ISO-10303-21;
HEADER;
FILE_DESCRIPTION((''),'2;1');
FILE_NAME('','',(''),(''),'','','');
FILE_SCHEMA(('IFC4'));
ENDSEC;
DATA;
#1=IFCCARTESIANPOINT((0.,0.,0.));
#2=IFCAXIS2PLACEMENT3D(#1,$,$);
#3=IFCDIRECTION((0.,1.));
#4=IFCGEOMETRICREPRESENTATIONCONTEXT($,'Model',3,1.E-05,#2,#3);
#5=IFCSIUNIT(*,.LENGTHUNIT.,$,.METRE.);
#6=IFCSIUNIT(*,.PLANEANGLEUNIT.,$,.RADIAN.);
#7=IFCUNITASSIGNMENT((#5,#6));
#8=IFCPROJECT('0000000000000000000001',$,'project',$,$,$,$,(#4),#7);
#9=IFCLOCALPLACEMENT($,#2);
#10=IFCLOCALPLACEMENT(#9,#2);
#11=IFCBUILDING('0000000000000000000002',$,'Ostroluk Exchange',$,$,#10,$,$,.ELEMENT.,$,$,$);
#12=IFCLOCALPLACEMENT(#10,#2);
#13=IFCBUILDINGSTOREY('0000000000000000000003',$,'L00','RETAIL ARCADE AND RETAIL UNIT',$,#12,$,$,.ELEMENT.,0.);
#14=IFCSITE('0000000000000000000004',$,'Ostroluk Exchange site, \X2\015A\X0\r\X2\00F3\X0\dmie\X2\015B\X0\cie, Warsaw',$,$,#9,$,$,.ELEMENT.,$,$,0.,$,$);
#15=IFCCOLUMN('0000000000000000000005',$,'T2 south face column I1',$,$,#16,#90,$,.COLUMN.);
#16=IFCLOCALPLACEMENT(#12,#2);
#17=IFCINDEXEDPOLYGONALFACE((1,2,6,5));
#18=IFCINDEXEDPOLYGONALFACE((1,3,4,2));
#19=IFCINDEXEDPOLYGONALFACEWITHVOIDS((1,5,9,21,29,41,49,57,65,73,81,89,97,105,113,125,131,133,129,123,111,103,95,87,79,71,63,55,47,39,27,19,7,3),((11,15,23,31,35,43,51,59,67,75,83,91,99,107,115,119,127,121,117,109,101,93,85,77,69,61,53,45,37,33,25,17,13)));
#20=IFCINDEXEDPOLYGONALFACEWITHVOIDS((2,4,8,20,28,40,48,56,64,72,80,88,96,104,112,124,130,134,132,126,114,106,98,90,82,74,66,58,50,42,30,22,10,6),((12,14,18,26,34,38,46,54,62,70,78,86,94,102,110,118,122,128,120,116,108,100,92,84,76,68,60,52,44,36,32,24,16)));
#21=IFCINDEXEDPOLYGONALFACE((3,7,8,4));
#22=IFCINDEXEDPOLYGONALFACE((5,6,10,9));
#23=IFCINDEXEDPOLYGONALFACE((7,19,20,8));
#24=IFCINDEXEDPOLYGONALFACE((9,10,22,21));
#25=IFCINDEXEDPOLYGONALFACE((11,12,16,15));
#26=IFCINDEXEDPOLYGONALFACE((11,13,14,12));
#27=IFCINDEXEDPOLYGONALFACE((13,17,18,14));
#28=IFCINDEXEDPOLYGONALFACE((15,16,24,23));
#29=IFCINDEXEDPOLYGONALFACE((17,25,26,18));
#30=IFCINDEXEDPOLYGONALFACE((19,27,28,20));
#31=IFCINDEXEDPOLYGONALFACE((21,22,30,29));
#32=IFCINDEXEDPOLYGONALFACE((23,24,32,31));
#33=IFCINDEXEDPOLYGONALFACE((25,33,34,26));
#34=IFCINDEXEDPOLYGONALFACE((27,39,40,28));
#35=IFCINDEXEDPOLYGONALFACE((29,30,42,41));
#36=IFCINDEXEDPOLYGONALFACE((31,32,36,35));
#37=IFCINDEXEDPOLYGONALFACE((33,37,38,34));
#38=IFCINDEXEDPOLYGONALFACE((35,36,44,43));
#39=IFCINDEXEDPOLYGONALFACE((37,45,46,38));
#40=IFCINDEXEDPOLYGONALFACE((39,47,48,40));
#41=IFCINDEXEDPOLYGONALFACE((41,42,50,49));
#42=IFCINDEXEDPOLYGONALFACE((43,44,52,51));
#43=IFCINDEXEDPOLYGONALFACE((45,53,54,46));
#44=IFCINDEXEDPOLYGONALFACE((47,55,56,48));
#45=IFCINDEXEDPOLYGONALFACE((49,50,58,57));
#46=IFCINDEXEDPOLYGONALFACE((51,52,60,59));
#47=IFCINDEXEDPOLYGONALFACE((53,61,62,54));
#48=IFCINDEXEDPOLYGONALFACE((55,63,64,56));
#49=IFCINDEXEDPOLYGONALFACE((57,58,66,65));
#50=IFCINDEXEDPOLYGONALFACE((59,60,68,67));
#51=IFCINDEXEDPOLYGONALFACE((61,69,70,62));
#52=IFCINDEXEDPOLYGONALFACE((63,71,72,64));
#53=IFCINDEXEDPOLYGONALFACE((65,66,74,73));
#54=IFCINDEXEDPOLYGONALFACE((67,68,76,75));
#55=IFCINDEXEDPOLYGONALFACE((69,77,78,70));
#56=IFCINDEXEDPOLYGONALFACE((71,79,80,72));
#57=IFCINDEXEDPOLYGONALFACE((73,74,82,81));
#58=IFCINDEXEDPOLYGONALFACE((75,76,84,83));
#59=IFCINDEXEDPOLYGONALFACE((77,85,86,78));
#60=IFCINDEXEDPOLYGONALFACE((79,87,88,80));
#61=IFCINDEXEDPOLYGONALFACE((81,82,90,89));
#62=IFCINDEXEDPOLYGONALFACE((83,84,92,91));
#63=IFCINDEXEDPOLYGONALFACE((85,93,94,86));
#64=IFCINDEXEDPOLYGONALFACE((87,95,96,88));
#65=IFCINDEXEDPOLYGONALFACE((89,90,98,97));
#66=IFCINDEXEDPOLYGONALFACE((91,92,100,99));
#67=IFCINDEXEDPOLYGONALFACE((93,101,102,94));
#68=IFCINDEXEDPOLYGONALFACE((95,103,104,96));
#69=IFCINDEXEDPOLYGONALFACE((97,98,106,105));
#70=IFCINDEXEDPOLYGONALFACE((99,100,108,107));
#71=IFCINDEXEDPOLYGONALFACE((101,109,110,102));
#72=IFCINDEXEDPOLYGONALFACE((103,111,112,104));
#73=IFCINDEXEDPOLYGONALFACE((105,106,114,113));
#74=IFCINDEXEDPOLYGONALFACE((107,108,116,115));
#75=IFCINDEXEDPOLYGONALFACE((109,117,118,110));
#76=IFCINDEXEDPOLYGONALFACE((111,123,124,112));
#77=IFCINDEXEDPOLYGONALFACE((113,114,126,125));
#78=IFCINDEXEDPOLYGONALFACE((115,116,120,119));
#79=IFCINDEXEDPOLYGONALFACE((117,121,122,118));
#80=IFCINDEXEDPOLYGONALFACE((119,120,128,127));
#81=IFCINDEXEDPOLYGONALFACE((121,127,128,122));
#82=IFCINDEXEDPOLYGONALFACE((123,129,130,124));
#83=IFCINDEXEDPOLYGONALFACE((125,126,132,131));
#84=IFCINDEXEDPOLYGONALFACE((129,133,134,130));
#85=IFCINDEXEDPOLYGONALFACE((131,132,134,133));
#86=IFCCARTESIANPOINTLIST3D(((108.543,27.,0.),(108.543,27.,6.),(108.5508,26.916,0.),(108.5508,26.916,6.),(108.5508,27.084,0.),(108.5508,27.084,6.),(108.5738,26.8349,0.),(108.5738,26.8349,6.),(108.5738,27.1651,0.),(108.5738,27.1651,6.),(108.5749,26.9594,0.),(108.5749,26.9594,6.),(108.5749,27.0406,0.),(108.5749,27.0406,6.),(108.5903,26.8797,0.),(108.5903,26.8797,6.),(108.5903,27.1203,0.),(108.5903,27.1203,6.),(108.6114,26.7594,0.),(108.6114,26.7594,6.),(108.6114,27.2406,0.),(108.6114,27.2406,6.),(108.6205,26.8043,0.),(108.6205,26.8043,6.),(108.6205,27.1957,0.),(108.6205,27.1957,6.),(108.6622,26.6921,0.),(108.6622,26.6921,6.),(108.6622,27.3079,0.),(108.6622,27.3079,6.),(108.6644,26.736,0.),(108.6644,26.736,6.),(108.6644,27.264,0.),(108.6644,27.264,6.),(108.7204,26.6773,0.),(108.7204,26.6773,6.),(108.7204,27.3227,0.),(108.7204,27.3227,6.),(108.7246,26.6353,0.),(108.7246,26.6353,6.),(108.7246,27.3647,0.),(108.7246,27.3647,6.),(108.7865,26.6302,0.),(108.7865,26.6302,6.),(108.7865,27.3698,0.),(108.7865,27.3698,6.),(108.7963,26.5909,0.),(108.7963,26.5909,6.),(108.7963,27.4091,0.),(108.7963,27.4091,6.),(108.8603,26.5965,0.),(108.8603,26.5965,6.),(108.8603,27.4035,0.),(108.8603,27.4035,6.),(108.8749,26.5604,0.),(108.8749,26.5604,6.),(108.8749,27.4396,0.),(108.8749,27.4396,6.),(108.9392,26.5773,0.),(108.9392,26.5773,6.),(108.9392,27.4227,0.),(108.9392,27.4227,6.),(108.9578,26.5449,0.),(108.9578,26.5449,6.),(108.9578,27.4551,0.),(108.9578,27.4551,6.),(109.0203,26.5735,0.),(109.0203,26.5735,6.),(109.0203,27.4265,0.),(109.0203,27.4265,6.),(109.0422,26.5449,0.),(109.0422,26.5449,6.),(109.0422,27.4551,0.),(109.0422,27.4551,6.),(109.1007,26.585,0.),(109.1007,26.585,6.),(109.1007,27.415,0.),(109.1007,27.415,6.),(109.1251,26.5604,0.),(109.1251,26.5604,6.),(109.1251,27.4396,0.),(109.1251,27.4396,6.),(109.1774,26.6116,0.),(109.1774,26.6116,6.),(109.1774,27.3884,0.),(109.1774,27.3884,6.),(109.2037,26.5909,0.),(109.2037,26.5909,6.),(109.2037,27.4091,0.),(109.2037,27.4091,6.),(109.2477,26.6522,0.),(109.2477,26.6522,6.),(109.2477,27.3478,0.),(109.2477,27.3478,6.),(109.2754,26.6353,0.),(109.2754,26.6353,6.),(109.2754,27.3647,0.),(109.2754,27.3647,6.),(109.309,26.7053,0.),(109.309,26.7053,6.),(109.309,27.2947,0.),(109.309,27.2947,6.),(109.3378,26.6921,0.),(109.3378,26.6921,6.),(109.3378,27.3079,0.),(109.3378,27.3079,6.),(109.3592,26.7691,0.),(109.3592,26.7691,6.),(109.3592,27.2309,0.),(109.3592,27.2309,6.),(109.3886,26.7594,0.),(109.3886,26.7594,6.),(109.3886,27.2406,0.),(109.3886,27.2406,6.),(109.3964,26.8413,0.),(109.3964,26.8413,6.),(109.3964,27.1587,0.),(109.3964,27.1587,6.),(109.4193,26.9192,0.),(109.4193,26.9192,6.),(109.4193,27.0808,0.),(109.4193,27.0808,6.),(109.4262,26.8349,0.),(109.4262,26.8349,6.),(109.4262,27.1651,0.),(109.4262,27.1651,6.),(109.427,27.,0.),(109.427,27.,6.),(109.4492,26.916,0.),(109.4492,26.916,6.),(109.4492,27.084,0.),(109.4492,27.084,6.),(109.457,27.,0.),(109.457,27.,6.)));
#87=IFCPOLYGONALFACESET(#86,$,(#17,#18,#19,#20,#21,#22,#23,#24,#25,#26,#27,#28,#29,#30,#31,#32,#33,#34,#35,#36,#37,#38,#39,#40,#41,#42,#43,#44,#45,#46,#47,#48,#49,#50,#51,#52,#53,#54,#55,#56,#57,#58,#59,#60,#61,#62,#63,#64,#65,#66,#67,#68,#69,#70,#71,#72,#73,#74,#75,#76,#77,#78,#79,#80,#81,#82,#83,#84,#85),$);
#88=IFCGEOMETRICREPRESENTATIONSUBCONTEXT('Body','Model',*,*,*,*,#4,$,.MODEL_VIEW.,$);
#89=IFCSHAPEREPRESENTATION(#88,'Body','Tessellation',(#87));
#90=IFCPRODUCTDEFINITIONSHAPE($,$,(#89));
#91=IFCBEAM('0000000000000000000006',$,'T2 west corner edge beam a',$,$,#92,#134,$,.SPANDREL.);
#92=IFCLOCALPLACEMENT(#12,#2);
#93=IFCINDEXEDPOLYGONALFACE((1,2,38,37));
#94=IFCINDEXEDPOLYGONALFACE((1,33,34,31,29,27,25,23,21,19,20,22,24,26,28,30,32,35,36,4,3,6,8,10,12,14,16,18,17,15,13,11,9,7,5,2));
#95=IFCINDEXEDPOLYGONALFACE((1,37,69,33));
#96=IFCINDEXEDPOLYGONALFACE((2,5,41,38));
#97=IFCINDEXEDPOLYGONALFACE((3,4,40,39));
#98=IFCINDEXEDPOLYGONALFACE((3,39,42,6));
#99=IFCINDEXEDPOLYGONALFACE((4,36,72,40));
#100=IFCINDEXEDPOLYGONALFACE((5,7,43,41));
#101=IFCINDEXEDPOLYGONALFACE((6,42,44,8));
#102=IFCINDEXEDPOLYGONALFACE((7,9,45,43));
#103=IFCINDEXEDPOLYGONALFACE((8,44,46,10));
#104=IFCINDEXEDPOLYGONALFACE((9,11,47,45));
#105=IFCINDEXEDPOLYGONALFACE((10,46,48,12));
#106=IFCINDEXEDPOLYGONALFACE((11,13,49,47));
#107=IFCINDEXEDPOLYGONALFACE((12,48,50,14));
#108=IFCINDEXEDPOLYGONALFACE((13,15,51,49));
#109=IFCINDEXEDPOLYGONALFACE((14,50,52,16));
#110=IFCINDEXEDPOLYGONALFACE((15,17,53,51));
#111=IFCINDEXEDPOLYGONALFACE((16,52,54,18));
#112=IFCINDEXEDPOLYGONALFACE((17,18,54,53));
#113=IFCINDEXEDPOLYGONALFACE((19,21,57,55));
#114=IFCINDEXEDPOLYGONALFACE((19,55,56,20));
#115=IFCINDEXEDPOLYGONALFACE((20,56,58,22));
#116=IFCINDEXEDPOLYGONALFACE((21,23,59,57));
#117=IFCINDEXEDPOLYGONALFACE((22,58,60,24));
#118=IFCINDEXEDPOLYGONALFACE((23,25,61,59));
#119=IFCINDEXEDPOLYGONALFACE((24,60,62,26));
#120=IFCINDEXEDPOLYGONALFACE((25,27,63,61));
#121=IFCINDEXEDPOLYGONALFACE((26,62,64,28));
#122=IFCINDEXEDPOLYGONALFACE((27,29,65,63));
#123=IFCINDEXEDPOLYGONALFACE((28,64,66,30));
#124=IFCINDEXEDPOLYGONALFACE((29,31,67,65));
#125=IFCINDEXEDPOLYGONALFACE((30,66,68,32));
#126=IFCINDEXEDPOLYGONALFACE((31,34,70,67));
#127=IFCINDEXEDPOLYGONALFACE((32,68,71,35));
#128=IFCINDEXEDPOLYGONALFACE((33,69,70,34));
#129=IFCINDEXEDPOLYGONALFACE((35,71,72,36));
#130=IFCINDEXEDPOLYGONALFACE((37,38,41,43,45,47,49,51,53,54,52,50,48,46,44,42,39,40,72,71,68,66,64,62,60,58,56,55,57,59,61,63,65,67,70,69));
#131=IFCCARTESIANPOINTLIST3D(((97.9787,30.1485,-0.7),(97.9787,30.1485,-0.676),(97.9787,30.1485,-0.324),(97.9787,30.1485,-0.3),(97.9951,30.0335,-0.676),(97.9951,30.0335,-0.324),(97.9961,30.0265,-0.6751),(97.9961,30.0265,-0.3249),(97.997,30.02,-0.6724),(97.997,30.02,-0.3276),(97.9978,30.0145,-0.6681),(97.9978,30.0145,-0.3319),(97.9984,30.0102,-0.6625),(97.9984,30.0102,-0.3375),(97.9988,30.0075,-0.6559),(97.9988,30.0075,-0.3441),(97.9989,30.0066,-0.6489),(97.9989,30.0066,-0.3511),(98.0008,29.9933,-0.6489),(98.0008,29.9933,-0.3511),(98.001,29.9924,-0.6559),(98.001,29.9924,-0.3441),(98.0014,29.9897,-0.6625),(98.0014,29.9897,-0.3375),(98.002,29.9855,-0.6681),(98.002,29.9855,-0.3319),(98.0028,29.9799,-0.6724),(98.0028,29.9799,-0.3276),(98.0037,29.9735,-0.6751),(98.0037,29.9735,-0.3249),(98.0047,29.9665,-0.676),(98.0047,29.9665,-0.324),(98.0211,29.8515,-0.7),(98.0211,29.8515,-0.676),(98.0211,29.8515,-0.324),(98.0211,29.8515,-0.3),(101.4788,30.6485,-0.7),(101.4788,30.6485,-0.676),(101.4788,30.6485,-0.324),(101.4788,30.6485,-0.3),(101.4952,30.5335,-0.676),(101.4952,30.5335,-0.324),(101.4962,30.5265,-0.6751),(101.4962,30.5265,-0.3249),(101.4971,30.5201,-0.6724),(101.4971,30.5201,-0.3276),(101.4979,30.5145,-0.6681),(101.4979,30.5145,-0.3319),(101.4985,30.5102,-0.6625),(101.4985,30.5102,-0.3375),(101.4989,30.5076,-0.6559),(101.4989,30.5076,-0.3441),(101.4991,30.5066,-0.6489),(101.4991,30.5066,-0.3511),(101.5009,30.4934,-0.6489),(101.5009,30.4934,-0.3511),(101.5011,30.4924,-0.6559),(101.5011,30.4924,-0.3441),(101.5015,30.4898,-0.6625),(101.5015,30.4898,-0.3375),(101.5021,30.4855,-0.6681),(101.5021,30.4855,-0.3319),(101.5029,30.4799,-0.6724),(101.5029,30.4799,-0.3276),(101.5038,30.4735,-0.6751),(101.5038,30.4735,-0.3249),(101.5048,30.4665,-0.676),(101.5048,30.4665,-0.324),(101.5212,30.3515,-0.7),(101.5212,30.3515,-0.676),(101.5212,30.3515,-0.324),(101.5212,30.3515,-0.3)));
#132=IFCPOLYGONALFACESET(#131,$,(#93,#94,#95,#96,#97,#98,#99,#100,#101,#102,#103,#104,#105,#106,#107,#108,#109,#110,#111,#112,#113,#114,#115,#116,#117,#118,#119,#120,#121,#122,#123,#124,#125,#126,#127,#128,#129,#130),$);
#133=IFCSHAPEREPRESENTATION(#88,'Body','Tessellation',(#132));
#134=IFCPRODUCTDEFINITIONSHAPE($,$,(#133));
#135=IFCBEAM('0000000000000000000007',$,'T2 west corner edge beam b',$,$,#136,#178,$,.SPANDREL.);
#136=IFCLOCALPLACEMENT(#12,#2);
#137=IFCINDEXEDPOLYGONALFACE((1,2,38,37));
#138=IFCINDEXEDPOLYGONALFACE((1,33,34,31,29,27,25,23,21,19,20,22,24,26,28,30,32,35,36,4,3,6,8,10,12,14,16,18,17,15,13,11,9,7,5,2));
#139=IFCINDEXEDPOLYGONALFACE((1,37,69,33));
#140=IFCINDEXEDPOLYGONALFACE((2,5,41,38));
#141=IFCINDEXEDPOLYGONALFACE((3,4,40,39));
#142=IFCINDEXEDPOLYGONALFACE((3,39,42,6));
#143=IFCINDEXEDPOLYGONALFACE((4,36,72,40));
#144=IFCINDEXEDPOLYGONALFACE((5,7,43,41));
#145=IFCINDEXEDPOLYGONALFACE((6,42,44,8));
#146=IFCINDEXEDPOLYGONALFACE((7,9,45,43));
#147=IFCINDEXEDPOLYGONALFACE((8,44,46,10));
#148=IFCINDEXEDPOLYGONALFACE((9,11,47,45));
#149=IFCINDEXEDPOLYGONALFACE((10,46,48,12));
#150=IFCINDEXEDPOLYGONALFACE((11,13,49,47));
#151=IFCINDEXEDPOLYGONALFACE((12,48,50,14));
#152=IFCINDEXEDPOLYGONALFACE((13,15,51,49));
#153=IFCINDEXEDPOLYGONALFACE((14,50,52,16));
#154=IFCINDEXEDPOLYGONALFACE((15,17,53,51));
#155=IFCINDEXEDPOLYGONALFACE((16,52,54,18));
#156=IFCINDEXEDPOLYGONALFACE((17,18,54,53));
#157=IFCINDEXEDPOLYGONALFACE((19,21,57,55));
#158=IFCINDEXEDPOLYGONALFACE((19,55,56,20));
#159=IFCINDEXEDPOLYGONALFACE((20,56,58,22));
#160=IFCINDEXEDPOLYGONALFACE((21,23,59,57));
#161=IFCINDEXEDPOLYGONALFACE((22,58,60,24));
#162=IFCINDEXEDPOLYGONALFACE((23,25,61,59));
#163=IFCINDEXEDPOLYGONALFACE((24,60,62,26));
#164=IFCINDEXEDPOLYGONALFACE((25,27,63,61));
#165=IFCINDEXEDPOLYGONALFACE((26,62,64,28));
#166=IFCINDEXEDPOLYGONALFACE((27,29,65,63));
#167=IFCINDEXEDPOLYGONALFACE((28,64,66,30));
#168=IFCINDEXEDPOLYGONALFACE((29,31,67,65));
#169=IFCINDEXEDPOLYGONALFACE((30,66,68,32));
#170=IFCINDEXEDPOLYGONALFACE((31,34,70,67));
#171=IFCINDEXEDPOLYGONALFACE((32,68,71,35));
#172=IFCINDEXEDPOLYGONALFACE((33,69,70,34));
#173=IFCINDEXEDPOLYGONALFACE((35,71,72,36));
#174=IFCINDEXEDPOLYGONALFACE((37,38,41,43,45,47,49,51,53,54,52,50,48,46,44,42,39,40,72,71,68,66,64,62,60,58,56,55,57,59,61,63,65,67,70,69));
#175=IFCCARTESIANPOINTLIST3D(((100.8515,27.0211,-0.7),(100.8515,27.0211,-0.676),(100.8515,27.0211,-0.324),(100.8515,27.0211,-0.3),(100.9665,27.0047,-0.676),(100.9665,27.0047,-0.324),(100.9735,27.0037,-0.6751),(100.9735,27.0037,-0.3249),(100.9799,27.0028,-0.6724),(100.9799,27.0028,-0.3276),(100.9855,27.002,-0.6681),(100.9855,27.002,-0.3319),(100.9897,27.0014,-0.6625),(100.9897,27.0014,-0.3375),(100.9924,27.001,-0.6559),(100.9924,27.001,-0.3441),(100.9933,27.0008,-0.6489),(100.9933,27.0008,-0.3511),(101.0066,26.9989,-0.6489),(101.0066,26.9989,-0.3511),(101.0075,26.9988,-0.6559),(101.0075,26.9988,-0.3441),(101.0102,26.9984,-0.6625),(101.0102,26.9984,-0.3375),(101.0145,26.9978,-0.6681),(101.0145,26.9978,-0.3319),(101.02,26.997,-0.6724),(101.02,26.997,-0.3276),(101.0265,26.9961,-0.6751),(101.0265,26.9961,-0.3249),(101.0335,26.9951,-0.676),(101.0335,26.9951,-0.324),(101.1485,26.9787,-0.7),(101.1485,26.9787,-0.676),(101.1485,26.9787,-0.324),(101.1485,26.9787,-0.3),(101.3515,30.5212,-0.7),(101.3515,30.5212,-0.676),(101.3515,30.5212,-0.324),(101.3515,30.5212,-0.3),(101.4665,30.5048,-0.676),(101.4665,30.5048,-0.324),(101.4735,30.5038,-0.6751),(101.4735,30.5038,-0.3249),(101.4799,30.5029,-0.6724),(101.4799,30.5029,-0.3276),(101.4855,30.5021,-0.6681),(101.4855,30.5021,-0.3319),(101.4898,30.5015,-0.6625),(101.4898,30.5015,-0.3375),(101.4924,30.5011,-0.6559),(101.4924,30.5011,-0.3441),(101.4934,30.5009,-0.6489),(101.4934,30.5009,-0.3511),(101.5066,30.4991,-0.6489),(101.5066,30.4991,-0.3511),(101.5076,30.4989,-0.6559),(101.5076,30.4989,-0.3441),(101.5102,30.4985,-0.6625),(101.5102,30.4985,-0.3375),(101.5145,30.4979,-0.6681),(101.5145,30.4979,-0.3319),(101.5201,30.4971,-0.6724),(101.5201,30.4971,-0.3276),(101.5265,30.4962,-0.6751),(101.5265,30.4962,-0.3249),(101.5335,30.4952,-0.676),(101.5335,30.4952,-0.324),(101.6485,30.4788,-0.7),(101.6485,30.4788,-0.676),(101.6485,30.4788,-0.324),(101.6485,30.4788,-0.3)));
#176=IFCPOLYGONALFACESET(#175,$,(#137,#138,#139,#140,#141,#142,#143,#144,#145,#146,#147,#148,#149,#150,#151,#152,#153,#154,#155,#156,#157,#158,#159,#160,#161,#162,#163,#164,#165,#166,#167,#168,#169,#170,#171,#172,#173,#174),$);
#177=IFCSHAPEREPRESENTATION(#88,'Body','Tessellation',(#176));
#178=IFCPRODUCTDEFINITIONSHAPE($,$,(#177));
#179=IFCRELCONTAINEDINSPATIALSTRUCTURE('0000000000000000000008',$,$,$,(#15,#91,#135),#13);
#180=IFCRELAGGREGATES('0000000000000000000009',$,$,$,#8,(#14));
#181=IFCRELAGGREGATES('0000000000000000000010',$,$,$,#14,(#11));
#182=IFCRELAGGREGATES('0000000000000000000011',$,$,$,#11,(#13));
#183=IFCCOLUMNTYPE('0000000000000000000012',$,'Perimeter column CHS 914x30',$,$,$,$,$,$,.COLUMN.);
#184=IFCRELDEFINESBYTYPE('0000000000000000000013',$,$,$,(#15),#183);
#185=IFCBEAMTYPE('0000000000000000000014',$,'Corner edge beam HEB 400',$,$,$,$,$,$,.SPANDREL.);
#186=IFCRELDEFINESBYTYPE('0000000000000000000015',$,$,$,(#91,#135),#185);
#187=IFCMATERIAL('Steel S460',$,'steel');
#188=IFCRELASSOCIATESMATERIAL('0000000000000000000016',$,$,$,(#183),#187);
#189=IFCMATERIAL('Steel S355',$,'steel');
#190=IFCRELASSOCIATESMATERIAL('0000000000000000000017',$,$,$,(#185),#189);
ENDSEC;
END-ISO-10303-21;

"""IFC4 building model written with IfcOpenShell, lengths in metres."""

from ifc_helpers import new_model, si_unit, direction, frame, origin, origin_2d, place, context, subcontext, project, spatial, hollow_circle, i_section, extrude, material, material_profile, profile_set, type_object, element, save


model = new_model("IFC4")

# Units and contexts
model_context = context("Model", 3, precision=1e-05, world=origin(), true_north=direction((0.0, 1.0)))
body_context = subcontext(model_context, "Body", "Model", "MODEL_VIEW")
ifc_project = project(units=[si_unit("LENGTHUNIT", "METRE"), si_unit("PLANEANGLEUNIT", "RADIAN")], contexts=[model_context])

# Site, building, storey
site_placement = place(None, origin())
site = spatial("IfcSite", under=ifc_project, at=site_placement, Name="Ostroluk Exchange site, Śródmieście, Warsaw", CompositionType="ELEMENT", RefElevation=0.0)
building_placement = place(site_placement, origin())
building = spatial("IfcBuilding", under=site, at=building_placement, Name="Ostroluk Exchange", CompositionType="ELEMENT")
storey_placement = place(building_placement, origin())
storey = spatial("IfcBuildingStorey", under=building, at=storey_placement, Name="L00", Description="RETAIL ARCADE AND RETAIL UNIT", CompositionType="ELEMENT", Elevation=0.0)

# Column
ifc_material_1 = material(Name="Steel S460", Category="steel")
ifc_material_profile_1 = material_profile(ifc_material_1, hollow_circle(Radius=0.457, WallThickness=0.03, at=origin_2d()), Name="CHS 914x30")
ifc_profile_set_1 = profile_set([ifc_material_profile_1], Name="Steel S460")
column_type_1 = type_object("IfcColumnType", Name="Perimeter column CHS 914x30", PredefinedType="COLUMN", material=ifc_profile_set_1)
for number, where, z_axis, x_axis, name in (
    (1, (109.0, 27.0, 0.0), (0.0, 0.0, 1.0), (1.0, 0.0, 0.0), "T2 south face column I1"),
):
    element("IfcColumn", number, at=place(storey_placement, frame(where, z_axis=z_axis, x_axis=x_axis)), inside=storey, type_object=column_type_1, Name=name, PredefinedType="COLUMN", context=body_context, shape_type="SweptSolid", body=[
        extrude(hollow_circle(Radius=0.457, WallThickness=0.03, at=origin_2d()), origin(), (0.0, 0.0, 1.0), 6.0),
    ])

# Beams
ifc_material_2 = material(Name="Steel S355", Category="steel")
ifc_material_profile_2 = material_profile(ifc_material_2, i_section(OverallWidth=0.3, OverallDepth=0.3999, WebThickness=0.0134, FlangeThickness=0.0239, FilletRadius=0.0271, at=origin_2d()), Name="HEB 400")
ifc_profile_set_2 = profile_set([ifc_material_profile_2], Name="Steel S355")
beam_type_1 = type_object("IfcBeamType", Name="Corner edge beam HEB 400", PredefinedType="SPANDREL", material=ifc_profile_set_2)
for number, where, z_axis, x_axis, name in (
    (2, (101.5, 30.5, -0.5), (-0.989949, -0.141421, 0.0), (0.141421, -0.989949, 0.0), "T2 west corner edge beam a"),
    (3, (101.5, 30.5, -0.5), (-0.141421, -0.989949, 0.0), (0.989949, -0.141421, 0.0), "T2 west corner edge beam b"),
):
    element("IfcBeam", number, at=place(storey_placement, frame(where, z_axis=z_axis, x_axis=x_axis)), inside=storey, type_object=beam_type_1, Name=name, PredefinedType="SPANDREL", context=body_context, shape_type="SweptSolid", body=[
        extrude(i_section(OverallWidth=0.3, OverallDepth=0.3999, WebThickness=0.0134, FlangeThickness=0.0239, FilletRadius=0.0271, at=origin_2d()), origin(), (0.0, 0.0, 1.0), 3.5356),
    ])

save(model, "model.ifc")
